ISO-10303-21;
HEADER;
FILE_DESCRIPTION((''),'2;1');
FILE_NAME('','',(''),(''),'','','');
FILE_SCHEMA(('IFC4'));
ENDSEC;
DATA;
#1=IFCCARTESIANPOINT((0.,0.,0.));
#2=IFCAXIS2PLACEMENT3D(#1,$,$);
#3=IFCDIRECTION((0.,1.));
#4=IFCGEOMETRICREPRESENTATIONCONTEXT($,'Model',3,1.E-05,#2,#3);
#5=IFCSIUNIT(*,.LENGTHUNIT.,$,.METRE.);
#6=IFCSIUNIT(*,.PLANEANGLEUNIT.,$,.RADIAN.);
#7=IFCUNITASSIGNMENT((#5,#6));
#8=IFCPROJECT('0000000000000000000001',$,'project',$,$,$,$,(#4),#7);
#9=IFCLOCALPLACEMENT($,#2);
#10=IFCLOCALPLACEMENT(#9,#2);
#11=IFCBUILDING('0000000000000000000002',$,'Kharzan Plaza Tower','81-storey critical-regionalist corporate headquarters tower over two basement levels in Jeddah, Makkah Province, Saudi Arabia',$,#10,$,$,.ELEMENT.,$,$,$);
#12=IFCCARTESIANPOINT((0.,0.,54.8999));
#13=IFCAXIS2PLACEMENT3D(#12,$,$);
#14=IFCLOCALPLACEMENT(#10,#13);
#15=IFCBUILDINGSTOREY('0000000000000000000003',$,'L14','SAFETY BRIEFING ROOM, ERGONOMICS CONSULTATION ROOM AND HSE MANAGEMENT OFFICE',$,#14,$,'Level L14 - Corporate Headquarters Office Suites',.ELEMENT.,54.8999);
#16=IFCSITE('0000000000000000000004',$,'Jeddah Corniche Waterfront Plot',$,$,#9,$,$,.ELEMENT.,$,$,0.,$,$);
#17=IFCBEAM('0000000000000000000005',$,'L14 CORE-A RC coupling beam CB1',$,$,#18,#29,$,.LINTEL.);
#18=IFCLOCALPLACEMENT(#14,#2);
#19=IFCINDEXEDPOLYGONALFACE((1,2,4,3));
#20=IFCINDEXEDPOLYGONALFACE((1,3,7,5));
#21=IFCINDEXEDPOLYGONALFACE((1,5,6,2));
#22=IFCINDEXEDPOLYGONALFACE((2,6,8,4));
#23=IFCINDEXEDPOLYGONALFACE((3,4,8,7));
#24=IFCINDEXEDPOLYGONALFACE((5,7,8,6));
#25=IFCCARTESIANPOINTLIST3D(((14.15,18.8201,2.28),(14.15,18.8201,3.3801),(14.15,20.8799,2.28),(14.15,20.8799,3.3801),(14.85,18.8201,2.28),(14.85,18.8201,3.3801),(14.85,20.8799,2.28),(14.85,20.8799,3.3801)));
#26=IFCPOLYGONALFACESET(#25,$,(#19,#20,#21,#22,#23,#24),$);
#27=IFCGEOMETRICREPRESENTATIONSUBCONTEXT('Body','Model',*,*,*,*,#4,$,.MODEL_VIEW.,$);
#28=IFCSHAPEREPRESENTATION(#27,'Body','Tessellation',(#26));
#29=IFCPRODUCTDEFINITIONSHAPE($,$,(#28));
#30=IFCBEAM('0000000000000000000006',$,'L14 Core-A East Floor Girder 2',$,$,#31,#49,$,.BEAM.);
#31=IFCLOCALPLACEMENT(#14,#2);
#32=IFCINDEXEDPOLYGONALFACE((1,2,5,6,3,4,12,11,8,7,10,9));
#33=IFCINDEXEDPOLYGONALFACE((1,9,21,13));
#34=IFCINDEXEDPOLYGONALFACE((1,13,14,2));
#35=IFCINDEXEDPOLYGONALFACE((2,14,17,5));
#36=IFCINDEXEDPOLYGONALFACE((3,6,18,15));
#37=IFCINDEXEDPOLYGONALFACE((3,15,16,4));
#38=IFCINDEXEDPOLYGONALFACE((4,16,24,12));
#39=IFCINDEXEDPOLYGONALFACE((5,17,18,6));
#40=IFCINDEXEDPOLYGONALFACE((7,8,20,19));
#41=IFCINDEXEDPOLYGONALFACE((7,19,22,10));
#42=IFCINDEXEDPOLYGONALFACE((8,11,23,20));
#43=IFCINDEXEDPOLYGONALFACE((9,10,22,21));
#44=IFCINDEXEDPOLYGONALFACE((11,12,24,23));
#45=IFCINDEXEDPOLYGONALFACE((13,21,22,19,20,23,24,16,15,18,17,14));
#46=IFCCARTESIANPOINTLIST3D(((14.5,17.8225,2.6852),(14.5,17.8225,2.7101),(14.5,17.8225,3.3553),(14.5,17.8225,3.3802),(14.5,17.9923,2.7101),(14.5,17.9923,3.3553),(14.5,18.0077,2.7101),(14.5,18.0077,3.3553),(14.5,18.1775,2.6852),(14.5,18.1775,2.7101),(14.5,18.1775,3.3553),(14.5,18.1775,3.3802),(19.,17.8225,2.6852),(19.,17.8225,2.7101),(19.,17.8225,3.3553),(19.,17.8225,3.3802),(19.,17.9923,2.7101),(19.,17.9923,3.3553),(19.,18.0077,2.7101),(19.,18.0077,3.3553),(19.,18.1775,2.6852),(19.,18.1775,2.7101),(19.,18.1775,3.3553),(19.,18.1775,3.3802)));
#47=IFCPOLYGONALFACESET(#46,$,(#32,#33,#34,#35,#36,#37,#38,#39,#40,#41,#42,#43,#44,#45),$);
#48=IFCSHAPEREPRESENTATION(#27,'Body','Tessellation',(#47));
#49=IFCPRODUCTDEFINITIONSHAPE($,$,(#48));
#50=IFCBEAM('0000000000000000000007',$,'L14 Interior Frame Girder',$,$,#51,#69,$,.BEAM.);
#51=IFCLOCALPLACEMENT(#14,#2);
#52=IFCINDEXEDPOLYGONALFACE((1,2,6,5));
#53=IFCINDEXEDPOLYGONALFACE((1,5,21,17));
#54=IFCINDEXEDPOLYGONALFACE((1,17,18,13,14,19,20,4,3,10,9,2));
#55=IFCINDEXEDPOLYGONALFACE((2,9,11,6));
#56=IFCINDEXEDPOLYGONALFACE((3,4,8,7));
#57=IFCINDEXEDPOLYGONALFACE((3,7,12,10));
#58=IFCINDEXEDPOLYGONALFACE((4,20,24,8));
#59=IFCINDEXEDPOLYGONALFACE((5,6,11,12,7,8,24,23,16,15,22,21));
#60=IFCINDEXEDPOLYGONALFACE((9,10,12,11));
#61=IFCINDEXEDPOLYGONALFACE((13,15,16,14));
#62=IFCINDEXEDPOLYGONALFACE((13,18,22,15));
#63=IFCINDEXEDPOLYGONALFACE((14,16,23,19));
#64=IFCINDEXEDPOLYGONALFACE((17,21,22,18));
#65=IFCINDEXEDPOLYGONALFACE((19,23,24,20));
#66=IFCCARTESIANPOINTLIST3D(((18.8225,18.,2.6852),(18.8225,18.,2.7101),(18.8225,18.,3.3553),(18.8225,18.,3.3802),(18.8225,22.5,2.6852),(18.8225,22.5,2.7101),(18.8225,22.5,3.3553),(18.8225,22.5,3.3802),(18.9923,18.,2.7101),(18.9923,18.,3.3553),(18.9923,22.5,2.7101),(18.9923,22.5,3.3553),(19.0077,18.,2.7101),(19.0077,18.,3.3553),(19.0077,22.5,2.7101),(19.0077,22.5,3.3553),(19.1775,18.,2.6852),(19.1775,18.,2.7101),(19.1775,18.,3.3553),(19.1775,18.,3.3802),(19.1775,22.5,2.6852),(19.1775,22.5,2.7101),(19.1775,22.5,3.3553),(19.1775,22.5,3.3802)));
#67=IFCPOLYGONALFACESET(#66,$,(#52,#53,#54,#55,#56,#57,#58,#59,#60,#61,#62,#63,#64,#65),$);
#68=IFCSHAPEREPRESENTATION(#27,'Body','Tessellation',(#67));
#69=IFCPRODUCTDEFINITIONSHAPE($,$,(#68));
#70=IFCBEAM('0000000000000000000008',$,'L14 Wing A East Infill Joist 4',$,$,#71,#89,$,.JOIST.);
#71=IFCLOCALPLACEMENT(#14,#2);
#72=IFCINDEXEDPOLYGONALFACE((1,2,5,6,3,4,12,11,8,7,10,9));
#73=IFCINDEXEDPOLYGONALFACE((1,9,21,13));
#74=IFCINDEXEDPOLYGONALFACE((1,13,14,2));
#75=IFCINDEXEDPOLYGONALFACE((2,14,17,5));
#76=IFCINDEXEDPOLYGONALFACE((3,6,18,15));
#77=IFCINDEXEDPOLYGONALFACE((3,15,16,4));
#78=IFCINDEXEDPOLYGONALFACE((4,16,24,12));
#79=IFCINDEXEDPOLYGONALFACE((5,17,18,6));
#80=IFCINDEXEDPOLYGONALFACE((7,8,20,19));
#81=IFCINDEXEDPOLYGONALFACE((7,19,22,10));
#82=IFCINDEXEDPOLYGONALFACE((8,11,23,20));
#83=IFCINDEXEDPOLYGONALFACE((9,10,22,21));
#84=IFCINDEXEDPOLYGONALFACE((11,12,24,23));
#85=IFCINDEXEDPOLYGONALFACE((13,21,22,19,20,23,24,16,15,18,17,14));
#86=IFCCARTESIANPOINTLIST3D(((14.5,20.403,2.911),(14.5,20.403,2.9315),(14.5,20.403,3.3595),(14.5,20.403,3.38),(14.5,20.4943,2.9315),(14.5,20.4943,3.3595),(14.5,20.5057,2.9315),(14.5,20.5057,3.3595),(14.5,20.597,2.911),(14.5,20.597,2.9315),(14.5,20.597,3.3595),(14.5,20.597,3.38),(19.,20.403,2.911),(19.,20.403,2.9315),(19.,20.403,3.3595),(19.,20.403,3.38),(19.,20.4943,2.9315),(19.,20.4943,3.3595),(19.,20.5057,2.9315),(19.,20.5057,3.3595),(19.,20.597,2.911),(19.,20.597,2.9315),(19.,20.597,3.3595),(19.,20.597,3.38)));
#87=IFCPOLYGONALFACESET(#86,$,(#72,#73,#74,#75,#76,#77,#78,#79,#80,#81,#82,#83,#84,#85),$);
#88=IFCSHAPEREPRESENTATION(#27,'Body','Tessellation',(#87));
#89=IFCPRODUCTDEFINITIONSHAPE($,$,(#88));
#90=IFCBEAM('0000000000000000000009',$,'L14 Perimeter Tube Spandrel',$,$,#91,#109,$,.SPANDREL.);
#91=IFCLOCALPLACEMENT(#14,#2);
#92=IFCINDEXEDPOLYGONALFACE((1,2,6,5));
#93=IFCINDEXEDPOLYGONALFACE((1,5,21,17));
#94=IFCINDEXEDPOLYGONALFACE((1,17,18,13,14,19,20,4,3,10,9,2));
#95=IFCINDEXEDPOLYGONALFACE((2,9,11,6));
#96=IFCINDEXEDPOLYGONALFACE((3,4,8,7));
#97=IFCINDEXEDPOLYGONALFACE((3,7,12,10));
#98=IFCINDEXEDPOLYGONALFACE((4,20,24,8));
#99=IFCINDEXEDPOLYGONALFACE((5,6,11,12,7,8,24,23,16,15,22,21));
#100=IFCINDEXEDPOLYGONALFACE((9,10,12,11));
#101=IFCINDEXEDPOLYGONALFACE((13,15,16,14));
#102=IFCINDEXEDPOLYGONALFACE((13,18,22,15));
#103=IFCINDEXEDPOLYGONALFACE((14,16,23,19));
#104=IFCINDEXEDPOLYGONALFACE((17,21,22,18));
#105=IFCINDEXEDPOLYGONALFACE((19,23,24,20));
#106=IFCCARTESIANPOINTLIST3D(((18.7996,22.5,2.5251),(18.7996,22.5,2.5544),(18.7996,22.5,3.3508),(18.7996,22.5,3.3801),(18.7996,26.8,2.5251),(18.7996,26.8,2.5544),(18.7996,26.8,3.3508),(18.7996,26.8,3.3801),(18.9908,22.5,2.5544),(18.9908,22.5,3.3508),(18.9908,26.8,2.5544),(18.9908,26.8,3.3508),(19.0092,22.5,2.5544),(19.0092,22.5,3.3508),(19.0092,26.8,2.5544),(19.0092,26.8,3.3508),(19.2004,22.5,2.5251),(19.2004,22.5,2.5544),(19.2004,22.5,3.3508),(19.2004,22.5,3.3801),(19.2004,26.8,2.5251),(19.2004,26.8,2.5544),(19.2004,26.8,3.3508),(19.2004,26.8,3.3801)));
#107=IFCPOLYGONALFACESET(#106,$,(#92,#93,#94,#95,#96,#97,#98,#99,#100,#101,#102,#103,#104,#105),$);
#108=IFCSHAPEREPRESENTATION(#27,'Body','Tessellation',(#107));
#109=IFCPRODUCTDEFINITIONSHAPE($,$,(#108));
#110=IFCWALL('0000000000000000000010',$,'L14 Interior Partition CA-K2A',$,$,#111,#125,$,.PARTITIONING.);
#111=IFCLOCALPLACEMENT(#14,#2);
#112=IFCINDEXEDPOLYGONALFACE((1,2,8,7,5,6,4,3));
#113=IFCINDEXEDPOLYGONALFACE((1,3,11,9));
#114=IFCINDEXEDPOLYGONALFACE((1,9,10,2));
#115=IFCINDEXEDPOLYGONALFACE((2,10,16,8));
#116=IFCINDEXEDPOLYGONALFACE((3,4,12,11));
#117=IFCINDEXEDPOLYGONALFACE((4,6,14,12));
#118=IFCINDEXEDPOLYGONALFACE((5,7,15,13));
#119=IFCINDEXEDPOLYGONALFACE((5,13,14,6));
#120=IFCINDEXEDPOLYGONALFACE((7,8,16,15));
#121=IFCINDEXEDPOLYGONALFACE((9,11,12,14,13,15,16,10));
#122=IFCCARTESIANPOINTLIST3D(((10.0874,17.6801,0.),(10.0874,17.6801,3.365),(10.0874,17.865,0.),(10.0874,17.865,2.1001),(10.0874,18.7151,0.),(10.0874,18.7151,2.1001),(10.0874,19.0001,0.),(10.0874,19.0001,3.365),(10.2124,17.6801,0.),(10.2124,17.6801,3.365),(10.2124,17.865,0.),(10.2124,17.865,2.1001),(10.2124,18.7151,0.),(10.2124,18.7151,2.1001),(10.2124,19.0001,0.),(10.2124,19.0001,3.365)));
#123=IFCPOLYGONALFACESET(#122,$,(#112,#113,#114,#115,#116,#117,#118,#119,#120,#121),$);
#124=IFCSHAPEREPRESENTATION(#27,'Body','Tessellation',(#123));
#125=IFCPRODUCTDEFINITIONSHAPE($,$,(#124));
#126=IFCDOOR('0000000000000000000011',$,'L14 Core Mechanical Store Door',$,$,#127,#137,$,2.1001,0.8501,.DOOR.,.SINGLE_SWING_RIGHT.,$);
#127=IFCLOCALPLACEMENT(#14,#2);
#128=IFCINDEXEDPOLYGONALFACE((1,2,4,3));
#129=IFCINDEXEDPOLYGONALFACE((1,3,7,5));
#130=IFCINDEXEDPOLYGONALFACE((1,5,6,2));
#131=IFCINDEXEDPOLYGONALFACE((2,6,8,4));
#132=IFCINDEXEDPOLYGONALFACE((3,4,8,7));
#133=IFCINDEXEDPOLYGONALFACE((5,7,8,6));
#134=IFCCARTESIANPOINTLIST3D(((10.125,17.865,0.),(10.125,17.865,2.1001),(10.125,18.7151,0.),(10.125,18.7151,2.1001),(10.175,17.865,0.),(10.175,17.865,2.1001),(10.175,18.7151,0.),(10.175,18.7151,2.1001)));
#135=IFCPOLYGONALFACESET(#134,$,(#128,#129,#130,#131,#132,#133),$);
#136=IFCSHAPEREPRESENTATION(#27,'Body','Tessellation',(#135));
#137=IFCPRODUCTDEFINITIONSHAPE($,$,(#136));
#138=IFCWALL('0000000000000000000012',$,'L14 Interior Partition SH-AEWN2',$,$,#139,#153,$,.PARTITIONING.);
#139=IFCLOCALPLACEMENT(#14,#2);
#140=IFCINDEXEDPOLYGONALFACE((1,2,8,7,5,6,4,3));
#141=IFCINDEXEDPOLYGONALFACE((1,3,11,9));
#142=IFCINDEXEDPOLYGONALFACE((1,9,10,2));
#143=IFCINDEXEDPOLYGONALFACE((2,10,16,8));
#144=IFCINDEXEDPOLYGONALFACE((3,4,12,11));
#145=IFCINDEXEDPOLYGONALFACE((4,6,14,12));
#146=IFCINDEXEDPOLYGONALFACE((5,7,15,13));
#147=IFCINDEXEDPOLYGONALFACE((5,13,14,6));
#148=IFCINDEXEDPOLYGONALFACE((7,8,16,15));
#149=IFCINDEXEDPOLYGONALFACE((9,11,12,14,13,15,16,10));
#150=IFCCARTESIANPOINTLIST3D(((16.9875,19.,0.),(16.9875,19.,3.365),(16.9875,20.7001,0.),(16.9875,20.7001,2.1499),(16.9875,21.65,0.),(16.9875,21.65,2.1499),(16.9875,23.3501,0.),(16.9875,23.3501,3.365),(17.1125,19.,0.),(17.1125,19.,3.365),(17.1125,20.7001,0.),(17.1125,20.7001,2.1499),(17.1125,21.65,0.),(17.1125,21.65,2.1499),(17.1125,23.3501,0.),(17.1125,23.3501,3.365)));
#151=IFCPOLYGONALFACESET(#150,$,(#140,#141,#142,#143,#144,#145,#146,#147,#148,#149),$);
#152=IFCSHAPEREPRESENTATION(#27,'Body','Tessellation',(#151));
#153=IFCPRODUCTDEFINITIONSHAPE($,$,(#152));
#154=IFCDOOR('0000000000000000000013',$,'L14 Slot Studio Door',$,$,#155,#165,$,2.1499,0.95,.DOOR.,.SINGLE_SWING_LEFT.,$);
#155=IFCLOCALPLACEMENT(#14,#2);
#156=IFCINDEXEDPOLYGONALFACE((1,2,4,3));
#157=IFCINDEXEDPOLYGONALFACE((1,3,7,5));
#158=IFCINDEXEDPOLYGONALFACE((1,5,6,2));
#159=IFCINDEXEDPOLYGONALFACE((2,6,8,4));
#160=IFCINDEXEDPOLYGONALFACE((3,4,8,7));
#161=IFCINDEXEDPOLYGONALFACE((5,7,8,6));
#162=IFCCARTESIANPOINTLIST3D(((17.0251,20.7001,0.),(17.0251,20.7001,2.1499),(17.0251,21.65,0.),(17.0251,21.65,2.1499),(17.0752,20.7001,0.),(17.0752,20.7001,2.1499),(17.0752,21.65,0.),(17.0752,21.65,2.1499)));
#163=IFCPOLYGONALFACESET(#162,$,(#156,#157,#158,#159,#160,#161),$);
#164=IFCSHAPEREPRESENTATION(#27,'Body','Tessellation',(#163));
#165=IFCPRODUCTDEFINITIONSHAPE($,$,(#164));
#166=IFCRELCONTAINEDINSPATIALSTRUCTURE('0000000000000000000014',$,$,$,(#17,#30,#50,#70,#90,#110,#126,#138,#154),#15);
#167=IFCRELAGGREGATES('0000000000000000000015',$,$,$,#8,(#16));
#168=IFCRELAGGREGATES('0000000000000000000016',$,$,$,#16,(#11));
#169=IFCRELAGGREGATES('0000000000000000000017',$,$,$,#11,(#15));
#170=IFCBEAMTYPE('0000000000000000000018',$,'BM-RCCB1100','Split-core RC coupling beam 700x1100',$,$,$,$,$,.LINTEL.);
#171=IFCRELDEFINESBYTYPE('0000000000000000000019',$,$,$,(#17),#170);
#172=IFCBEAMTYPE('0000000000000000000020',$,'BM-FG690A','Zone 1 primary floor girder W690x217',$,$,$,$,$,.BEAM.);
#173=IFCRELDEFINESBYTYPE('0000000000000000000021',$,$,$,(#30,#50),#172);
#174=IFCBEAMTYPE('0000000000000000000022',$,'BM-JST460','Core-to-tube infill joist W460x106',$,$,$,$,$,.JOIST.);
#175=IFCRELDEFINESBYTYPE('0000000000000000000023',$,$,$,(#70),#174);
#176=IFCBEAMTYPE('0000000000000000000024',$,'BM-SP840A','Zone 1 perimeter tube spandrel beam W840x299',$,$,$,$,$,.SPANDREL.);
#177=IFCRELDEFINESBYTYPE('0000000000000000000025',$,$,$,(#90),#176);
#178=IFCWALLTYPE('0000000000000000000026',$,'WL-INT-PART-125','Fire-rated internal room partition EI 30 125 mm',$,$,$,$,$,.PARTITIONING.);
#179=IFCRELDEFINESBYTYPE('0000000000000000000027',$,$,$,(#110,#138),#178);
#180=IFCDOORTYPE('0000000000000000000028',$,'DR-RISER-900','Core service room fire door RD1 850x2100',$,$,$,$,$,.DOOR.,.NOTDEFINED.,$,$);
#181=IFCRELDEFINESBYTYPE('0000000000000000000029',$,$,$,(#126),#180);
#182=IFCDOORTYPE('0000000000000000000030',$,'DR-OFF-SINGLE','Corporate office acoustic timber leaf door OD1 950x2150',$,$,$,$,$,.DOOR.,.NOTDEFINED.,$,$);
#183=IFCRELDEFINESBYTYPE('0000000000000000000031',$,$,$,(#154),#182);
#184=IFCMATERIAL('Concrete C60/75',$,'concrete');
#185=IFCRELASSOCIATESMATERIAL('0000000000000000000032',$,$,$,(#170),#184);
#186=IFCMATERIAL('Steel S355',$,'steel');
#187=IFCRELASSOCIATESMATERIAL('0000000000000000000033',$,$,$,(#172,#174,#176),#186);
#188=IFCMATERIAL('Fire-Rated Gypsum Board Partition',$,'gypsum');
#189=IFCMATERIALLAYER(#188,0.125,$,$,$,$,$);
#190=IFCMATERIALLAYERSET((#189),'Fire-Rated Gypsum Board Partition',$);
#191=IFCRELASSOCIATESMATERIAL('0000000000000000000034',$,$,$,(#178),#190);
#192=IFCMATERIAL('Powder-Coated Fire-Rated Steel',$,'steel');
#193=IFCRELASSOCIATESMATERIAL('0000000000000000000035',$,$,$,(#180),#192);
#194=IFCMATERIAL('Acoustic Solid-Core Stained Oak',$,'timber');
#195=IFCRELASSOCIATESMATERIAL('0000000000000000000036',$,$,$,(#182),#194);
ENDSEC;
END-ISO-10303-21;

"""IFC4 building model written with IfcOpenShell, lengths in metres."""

from ifc_helpers import new_model, si_unit, direction, frame, frame_2d, origin, origin_2d, place, context, subcontext, project, spatial, rectangle, i_section, extrude, source, transform, mapped, material, layer, layer_set, material_profile, profile_set, type_object, element, fill, save


model = new_model("IFC4")

# Units and contexts
model_context = context("Model", 3, precision=1e-05, world=origin(), true_north=direction((0.0, 1.0)))
body_context = subcontext(model_context, "Body", "Model", "MODEL_VIEW")
ifc_project = project(units=[si_unit("LENGTHUNIT", "METRE"), si_unit("PLANEANGLEUNIT", "RADIAN")], contexts=[model_context])

# Site, building, storey
site_placement = place(None, origin())
site = spatial("IfcSite", under=ifc_project, at=site_placement, Name="Jeddah Corniche Waterfront Plot", CompositionType="ELEMENT", RefElevation=0.0)
building_placement = place(site_placement, origin())
building = spatial("IfcBuilding", under=site, at=building_placement, Name="Kharzan Plaza Tower", Description="81-storey critical-regionalist corporate headquarters tower over two basement levels in Jeddah, Makkah Province, Saudi Arabia", CompositionType="ELEMENT")
storey_placement = place(building_placement, frame((0.0, 0.0, 54.8999)))
storey = spatial("IfcBuildingStorey", under=building, at=storey_placement, Name="L14", Description="SAFETY BRIEFING ROOM, ERGONOMICS CONSULTATION ROOM AND HSE MANAGEMENT OFFICE", LongName="Level L14 - Corporate Headquarters Office Suites", CompositionType="ELEMENT", Elevation=54.8999)

# Beams
ifc_material_1 = material(Name="Concrete C60/75", Category="concrete")
ifc_material_profile_1 = material_profile(ifc_material_1, rectangle(XDim=0.7, YDim=1.1001, at=origin_2d()), Name="RC-CB1100x700")
ifc_profile_set_1 = profile_set([ifc_material_profile_1], Name="Concrete C60/75")
beam_type_1 = type_object("IfcBeamType", Name="BM-RCCB1100", Description="Split-core RC coupling beam 700x1100", PredefinedType="LINTEL", material=ifc_profile_set_1)
shared_shape_1 = source(origin(), body_context, "Body", "SweptSolid", [
    extrude(rectangle(XDim=0.7, YDim=1.1001, at=origin_2d()), origin(), (0.0, 0.0, 1.0), 2.0598),
])
beam_1_placement = place(storey_placement, frame((14.5, 18.8201, 2.8301), z_axis=(0.0, 1.0, 0.0), x_axis=(-1.0, 0.0, 0.0)))
element("IfcBeam", 1, at=beam_1_placement, inside=storey, type_object=beam_type_1, Name="L14 CORE-A RC coupling beam CB1", PredefinedType="LINTEL", context=body_context, shape_type="MappedRepresentation", body=[
    mapped(shared_shape_1, transform((0.0, 0.0, 0.0), x_axis=(1.0, 0.0, 0.0), y_axis=(0.0, 1.0, 0.0), z_axis=(0.0, 0.0, 1.0))),
])
ifc_material_2 = material(Name="Steel S355", Category="steel")
ifc_material_profile_2 = material_profile(ifc_material_2, i_section(OverallWidth=0.355, OverallDepth=0.6951, WebThickness=0.0154, FlangeThickness=0.0249, at=origin_2d()), Name="W690x217")
ifc_profile_set_2 = profile_set([ifc_material_profile_2], Name="Steel S355")
beam_type_2 = type_object("IfcBeamType", Name="BM-FG690A", Description="Zone 1 primary floor girder W690x217", PredefinedType="BEAM", material=ifc_profile_set_2)
shared_shape_2 = source(origin(), body_context, "Body", "SweptSolid", [
    extrude(i_section(OverallWidth=0.355, OverallDepth=0.6951, WebThickness=0.0154, FlangeThickness=0.0249, at=origin_2d()), origin(), (0.0, 0.0, 1.0), 4.5),
])
for number, where, z_axis, x_axis, name in (
    (2, (14.5, 18.0, 3.0327), (1.0, 0.0, 0.0), (0.0, 1.0, 0.0), "L14 Core-A East Floor Girder 2"),
    (3, (19.0, 18.0, 3.0327), (0.0, 1.0, 0.0), (-1.0, 0.0, 0.0), "L14 Interior Frame Girder"),
):
    element("IfcBeam", number, at=place(storey_placement, frame(where, z_axis=z_axis, x_axis=x_axis)), inside=storey, type_object=beam_type_2, Name=name, PredefinedType="BEAM", context=body_context, shape_type="MappedRepresentation", body=[
        mapped(shared_shape_2, transform((0.0, 0.0, 0.0), x_axis=(1.0, 0.0, 0.0), y_axis=(0.0, 1.0, 0.0), z_axis=(0.0, 0.0, 1.0))),
    ])
ifc_material_profile_3 = material_profile(ifc_material_2, i_section(OverallWidth=0.1941, OverallDepth=0.469, WebThickness=0.0115, FlangeThickness=0.0205, at=origin_2d()), Name="W460x106")
ifc_profile_set_3 = profile_set([ifc_material_profile_3], Name="Steel S355")
beam_type_3 = type_object("IfcBeamType", Name="BM-JST460", Description="Core-to-tube infill joist W460x106", PredefinedType="JOIST", material=ifc_profile_set_3)
shared_shape_3 = source(origin(), body_context, "Body", "SweptSolid", [
    extrude(i_section(OverallWidth=0.1941, OverallDepth=0.469, WebThickness=0.0115, FlangeThickness=0.0205, at=origin_2d()), origin(), (0.0, 0.0, 1.0), 4.5),
])
beam_2_placement = place(storey_placement, frame((14.5, 20.5, 3.1455), z_axis=(1.0, 0.0, 0.0), x_axis=(0.0, 1.0, 0.0)))
element("IfcBeam", 4, at=beam_2_placement, inside=storey, type_object=beam_type_3, Name="L14 Wing A East Infill Joist 4", PredefinedType="JOIST", context=body_context, shape_type="MappedRepresentation", body=[
    mapped(shared_shape_3, transform((0.0, 0.0, 0.0), x_axis=(1.0, 0.0, 0.0), y_axis=(0.0, 1.0, 0.0), z_axis=(0.0, 0.0, 1.0))),
])
ifc_material_profile_4 = material_profile(ifc_material_2, i_section(OverallWidth=0.4009, OverallDepth=0.855, WebThickness=0.0183, FlangeThickness=0.0293, at=origin_2d()), Name="W840x299")
ifc_profile_set_4 = profile_set([ifc_material_profile_4], Name="Steel S355")
beam_type_4 = type_object("IfcBeamType", Name="BM-SP840A", Description="Zone 1 perimeter tube spandrel beam W840x299", PredefinedType="SPANDREL", material=ifc_profile_set_4)
shared_shape_4 = source(origin(), body_context, "Body", "SweptSolid", [
    extrude(i_section(OverallWidth=0.4009, OverallDepth=0.855, WebThickness=0.0183, FlangeThickness=0.0293, at=origin_2d()), origin(), (0.0, 0.0, 1.0), 4.3),
])
beam_3_placement = place(storey_placement, frame((19.0, 22.5, 2.9526), z_axis=(0.0, 1.0, 0.0), x_axis=(-1.0, 0.0, 0.0)))
element("IfcBeam", 5, at=beam_3_placement, inside=storey, type_object=beam_type_4, Name="L14 Perimeter Tube Spandrel", PredefinedType="SPANDREL", context=body_context, shape_type="MappedRepresentation", body=[
    mapped(shared_shape_4, transform((0.0, 0.0, 0.0), x_axis=(1.0, 0.0, 0.0), y_axis=(0.0, 1.0, 0.0), z_axis=(0.0, 0.0, 1.0))),
])

# Walls, openings, doors
ifc_material_3 = material(Name="Fire-Rated Gypsum Board Partition", Category="gypsum")
ifc_layer_1 = layer(ifc_material_3, 0.125)
ifc_layer_set_1 = layer_set([ifc_layer_1], Name="Fire-Rated Gypsum Board Partition")
wall_type_1 = type_object("IfcWallType", Name="WL-INT-PART-125", Description="Fire-rated internal room partition EI 30 125 mm", PredefinedType="PARTITIONING", material=ifc_layer_set_1)
wall_1_placement = place(storey_placement, frame((10.1499, 17.6799, 0.0), z_axis=(0.0, 0.0, 1.0), x_axis=(0.0, 1.0, 0.0)))
wall_1 = element("IfcWall", 6, at=wall_1_placement, inside=storey, type_object=wall_type_1, Name="L14 Interior Partition CA-K2A", PredefinedType="PARTITIONING", context=body_context, shape_type="SweptSolid", body=[
    extrude(rectangle(XDim=1.3201, YDim=0.125, at=frame_2d((0.6602, 0.0))), origin(), (0.0, 0.0, 1.0), 3.365),
])
opening_1_placement = place(wall_1_placement, frame((0.1851, 0.0, 0.0)))
opening_1 = element("IfcOpeningElement", 7, at=opening_1_placement, cuts=wall_1, PredefinedType="OPENING", context=body_context, shape_type="SweptSolid", body=[
    extrude(rectangle(XDim=0.8501, YDim=2.1001, at=frame_2d((0.425, 1.05))), frame((0.0, 0.0725, 0.0), z_axis=(0.0, -1.0, 0.0), x_axis=(1.0, 0.0, 0.0)), (0.0, 0.0, 1.0), 0.145),
])
ifc_material_4 = material(Name="Powder-Coated Fire-Rated Steel", Category="steel")
door_type_1 = type_object("IfcDoorType", Name="DR-RISER-900", Description="Core service room fire door RD1 850x2100", OperationType="NOTDEFINED", PredefinedType="DOOR", material=ifc_material_4)
shared_shape_5 = source(origin(), body_context, "Body", "SweptSolid", [
    extrude(rectangle(XDim=0.8501, YDim=2.1001, at=frame_2d((0.425, 1.05))), frame((0.0, 0.0249, 0.0), z_axis=(0.0, -1.0, 0.0), x_axis=(1.0, 0.0, 0.0)), (0.0, 0.0, 1.0), 0.05),
])
door_1_placement = place(opening_1_placement, origin())
door_1 = element("IfcDoor", 8, at=door_1_placement, inside=storey, type_object=door_type_1, Name="L14 Core Mechanical Store Door", OperationType="SINGLE_SWING_RIGHT", OverallHeight=2.1001, OverallWidth=0.8501, PredefinedType="DOOR", context=body_context, shape_type="MappedRepresentation", body=[
    mapped(shared_shape_5, transform((0.0, 0.0, 0.0), x_axis=(1.0, 0.0, 0.0), y_axis=(0.0, 1.0, 0.0), z_axis=(0.0, 0.0, 1.0))),
])
fill(opening_1, door_1)
wall_2_placement = place(storey_placement, frame((17.05, 19.0, 0.0), z_axis=(0.0, 0.0, 1.0), x_axis=(0.0, 1.0, 0.0)))
wall_2 = element("IfcWall", 9, at=wall_2_placement, inside=storey, type_object=wall_type_1, Name="L14 Interior Partition SH-AEWN2", PredefinedType="PARTITIONING", context=body_context, shape_type="SweptSolid", body=[
    extrude(rectangle(XDim=4.3501, YDim=0.125, at=frame_2d((2.175, 0.0))), origin(), (0.0, 0.0, 1.0), 3.365),
])
opening_2_placement = place(wall_2_placement, frame((1.7, 0.0, 0.0)))
opening_2 = element("IfcOpeningElement", 10, at=opening_2_placement, cuts=wall_2, PredefinedType="OPENING", context=body_context, shape_type="SweptSolid", body=[
    extrude(rectangle(XDim=0.95, YDim=2.1499, at=frame_2d((0.4751, 1.075))), frame((0.0, 0.0725, 0.0), z_axis=(0.0, -1.0, 0.0), x_axis=(1.0, 0.0, 0.0)), (0.0, 0.0, 1.0), 0.145),
])
ifc_material_5 = material(Name="Acoustic Solid-Core Stained Oak", Category="timber")
door_type_2 = type_object("IfcDoorType", Name="DR-OFF-SINGLE", Description="Corporate office acoustic timber leaf door OD1 950x2150", OperationType="NOTDEFINED", PredefinedType="DOOR", material=ifc_material_5)
shared_shape_6 = source(origin(), body_context, "Body", "SweptSolid", [
    extrude(rectangle(XDim=0.95, YDim=2.1499, at=frame_2d((0.4751, 1.075))), frame((0.0, 0.0249, 0.0), z_axis=(0.0, -1.0, 0.0), x_axis=(1.0, 0.0, 0.0)), (0.0, 0.0, 1.0), 0.05),
])
door_2_placement = place(opening_2_placement, origin())
door_2 = element("IfcDoor", 11, at=door_2_placement, inside=storey, type_object=door_type_2, Name="L14 Slot Studio Door", OperationType="SINGLE_SWING_LEFT", OverallHeight=2.1499, OverallWidth=0.95, PredefinedType="DOOR", context=body_context, shape_type="MappedRepresentation", body=[
    mapped(shared_shape_6, transform((0.0, 0.0, 0.0), x_axis=(1.0, 0.0, 0.0), y_axis=(0.0, 1.0, 0.0), z_axis=(0.0, 0.0, 1.0))),
])
fill(opening_2, door_2)

save(model, "model.ifc")
